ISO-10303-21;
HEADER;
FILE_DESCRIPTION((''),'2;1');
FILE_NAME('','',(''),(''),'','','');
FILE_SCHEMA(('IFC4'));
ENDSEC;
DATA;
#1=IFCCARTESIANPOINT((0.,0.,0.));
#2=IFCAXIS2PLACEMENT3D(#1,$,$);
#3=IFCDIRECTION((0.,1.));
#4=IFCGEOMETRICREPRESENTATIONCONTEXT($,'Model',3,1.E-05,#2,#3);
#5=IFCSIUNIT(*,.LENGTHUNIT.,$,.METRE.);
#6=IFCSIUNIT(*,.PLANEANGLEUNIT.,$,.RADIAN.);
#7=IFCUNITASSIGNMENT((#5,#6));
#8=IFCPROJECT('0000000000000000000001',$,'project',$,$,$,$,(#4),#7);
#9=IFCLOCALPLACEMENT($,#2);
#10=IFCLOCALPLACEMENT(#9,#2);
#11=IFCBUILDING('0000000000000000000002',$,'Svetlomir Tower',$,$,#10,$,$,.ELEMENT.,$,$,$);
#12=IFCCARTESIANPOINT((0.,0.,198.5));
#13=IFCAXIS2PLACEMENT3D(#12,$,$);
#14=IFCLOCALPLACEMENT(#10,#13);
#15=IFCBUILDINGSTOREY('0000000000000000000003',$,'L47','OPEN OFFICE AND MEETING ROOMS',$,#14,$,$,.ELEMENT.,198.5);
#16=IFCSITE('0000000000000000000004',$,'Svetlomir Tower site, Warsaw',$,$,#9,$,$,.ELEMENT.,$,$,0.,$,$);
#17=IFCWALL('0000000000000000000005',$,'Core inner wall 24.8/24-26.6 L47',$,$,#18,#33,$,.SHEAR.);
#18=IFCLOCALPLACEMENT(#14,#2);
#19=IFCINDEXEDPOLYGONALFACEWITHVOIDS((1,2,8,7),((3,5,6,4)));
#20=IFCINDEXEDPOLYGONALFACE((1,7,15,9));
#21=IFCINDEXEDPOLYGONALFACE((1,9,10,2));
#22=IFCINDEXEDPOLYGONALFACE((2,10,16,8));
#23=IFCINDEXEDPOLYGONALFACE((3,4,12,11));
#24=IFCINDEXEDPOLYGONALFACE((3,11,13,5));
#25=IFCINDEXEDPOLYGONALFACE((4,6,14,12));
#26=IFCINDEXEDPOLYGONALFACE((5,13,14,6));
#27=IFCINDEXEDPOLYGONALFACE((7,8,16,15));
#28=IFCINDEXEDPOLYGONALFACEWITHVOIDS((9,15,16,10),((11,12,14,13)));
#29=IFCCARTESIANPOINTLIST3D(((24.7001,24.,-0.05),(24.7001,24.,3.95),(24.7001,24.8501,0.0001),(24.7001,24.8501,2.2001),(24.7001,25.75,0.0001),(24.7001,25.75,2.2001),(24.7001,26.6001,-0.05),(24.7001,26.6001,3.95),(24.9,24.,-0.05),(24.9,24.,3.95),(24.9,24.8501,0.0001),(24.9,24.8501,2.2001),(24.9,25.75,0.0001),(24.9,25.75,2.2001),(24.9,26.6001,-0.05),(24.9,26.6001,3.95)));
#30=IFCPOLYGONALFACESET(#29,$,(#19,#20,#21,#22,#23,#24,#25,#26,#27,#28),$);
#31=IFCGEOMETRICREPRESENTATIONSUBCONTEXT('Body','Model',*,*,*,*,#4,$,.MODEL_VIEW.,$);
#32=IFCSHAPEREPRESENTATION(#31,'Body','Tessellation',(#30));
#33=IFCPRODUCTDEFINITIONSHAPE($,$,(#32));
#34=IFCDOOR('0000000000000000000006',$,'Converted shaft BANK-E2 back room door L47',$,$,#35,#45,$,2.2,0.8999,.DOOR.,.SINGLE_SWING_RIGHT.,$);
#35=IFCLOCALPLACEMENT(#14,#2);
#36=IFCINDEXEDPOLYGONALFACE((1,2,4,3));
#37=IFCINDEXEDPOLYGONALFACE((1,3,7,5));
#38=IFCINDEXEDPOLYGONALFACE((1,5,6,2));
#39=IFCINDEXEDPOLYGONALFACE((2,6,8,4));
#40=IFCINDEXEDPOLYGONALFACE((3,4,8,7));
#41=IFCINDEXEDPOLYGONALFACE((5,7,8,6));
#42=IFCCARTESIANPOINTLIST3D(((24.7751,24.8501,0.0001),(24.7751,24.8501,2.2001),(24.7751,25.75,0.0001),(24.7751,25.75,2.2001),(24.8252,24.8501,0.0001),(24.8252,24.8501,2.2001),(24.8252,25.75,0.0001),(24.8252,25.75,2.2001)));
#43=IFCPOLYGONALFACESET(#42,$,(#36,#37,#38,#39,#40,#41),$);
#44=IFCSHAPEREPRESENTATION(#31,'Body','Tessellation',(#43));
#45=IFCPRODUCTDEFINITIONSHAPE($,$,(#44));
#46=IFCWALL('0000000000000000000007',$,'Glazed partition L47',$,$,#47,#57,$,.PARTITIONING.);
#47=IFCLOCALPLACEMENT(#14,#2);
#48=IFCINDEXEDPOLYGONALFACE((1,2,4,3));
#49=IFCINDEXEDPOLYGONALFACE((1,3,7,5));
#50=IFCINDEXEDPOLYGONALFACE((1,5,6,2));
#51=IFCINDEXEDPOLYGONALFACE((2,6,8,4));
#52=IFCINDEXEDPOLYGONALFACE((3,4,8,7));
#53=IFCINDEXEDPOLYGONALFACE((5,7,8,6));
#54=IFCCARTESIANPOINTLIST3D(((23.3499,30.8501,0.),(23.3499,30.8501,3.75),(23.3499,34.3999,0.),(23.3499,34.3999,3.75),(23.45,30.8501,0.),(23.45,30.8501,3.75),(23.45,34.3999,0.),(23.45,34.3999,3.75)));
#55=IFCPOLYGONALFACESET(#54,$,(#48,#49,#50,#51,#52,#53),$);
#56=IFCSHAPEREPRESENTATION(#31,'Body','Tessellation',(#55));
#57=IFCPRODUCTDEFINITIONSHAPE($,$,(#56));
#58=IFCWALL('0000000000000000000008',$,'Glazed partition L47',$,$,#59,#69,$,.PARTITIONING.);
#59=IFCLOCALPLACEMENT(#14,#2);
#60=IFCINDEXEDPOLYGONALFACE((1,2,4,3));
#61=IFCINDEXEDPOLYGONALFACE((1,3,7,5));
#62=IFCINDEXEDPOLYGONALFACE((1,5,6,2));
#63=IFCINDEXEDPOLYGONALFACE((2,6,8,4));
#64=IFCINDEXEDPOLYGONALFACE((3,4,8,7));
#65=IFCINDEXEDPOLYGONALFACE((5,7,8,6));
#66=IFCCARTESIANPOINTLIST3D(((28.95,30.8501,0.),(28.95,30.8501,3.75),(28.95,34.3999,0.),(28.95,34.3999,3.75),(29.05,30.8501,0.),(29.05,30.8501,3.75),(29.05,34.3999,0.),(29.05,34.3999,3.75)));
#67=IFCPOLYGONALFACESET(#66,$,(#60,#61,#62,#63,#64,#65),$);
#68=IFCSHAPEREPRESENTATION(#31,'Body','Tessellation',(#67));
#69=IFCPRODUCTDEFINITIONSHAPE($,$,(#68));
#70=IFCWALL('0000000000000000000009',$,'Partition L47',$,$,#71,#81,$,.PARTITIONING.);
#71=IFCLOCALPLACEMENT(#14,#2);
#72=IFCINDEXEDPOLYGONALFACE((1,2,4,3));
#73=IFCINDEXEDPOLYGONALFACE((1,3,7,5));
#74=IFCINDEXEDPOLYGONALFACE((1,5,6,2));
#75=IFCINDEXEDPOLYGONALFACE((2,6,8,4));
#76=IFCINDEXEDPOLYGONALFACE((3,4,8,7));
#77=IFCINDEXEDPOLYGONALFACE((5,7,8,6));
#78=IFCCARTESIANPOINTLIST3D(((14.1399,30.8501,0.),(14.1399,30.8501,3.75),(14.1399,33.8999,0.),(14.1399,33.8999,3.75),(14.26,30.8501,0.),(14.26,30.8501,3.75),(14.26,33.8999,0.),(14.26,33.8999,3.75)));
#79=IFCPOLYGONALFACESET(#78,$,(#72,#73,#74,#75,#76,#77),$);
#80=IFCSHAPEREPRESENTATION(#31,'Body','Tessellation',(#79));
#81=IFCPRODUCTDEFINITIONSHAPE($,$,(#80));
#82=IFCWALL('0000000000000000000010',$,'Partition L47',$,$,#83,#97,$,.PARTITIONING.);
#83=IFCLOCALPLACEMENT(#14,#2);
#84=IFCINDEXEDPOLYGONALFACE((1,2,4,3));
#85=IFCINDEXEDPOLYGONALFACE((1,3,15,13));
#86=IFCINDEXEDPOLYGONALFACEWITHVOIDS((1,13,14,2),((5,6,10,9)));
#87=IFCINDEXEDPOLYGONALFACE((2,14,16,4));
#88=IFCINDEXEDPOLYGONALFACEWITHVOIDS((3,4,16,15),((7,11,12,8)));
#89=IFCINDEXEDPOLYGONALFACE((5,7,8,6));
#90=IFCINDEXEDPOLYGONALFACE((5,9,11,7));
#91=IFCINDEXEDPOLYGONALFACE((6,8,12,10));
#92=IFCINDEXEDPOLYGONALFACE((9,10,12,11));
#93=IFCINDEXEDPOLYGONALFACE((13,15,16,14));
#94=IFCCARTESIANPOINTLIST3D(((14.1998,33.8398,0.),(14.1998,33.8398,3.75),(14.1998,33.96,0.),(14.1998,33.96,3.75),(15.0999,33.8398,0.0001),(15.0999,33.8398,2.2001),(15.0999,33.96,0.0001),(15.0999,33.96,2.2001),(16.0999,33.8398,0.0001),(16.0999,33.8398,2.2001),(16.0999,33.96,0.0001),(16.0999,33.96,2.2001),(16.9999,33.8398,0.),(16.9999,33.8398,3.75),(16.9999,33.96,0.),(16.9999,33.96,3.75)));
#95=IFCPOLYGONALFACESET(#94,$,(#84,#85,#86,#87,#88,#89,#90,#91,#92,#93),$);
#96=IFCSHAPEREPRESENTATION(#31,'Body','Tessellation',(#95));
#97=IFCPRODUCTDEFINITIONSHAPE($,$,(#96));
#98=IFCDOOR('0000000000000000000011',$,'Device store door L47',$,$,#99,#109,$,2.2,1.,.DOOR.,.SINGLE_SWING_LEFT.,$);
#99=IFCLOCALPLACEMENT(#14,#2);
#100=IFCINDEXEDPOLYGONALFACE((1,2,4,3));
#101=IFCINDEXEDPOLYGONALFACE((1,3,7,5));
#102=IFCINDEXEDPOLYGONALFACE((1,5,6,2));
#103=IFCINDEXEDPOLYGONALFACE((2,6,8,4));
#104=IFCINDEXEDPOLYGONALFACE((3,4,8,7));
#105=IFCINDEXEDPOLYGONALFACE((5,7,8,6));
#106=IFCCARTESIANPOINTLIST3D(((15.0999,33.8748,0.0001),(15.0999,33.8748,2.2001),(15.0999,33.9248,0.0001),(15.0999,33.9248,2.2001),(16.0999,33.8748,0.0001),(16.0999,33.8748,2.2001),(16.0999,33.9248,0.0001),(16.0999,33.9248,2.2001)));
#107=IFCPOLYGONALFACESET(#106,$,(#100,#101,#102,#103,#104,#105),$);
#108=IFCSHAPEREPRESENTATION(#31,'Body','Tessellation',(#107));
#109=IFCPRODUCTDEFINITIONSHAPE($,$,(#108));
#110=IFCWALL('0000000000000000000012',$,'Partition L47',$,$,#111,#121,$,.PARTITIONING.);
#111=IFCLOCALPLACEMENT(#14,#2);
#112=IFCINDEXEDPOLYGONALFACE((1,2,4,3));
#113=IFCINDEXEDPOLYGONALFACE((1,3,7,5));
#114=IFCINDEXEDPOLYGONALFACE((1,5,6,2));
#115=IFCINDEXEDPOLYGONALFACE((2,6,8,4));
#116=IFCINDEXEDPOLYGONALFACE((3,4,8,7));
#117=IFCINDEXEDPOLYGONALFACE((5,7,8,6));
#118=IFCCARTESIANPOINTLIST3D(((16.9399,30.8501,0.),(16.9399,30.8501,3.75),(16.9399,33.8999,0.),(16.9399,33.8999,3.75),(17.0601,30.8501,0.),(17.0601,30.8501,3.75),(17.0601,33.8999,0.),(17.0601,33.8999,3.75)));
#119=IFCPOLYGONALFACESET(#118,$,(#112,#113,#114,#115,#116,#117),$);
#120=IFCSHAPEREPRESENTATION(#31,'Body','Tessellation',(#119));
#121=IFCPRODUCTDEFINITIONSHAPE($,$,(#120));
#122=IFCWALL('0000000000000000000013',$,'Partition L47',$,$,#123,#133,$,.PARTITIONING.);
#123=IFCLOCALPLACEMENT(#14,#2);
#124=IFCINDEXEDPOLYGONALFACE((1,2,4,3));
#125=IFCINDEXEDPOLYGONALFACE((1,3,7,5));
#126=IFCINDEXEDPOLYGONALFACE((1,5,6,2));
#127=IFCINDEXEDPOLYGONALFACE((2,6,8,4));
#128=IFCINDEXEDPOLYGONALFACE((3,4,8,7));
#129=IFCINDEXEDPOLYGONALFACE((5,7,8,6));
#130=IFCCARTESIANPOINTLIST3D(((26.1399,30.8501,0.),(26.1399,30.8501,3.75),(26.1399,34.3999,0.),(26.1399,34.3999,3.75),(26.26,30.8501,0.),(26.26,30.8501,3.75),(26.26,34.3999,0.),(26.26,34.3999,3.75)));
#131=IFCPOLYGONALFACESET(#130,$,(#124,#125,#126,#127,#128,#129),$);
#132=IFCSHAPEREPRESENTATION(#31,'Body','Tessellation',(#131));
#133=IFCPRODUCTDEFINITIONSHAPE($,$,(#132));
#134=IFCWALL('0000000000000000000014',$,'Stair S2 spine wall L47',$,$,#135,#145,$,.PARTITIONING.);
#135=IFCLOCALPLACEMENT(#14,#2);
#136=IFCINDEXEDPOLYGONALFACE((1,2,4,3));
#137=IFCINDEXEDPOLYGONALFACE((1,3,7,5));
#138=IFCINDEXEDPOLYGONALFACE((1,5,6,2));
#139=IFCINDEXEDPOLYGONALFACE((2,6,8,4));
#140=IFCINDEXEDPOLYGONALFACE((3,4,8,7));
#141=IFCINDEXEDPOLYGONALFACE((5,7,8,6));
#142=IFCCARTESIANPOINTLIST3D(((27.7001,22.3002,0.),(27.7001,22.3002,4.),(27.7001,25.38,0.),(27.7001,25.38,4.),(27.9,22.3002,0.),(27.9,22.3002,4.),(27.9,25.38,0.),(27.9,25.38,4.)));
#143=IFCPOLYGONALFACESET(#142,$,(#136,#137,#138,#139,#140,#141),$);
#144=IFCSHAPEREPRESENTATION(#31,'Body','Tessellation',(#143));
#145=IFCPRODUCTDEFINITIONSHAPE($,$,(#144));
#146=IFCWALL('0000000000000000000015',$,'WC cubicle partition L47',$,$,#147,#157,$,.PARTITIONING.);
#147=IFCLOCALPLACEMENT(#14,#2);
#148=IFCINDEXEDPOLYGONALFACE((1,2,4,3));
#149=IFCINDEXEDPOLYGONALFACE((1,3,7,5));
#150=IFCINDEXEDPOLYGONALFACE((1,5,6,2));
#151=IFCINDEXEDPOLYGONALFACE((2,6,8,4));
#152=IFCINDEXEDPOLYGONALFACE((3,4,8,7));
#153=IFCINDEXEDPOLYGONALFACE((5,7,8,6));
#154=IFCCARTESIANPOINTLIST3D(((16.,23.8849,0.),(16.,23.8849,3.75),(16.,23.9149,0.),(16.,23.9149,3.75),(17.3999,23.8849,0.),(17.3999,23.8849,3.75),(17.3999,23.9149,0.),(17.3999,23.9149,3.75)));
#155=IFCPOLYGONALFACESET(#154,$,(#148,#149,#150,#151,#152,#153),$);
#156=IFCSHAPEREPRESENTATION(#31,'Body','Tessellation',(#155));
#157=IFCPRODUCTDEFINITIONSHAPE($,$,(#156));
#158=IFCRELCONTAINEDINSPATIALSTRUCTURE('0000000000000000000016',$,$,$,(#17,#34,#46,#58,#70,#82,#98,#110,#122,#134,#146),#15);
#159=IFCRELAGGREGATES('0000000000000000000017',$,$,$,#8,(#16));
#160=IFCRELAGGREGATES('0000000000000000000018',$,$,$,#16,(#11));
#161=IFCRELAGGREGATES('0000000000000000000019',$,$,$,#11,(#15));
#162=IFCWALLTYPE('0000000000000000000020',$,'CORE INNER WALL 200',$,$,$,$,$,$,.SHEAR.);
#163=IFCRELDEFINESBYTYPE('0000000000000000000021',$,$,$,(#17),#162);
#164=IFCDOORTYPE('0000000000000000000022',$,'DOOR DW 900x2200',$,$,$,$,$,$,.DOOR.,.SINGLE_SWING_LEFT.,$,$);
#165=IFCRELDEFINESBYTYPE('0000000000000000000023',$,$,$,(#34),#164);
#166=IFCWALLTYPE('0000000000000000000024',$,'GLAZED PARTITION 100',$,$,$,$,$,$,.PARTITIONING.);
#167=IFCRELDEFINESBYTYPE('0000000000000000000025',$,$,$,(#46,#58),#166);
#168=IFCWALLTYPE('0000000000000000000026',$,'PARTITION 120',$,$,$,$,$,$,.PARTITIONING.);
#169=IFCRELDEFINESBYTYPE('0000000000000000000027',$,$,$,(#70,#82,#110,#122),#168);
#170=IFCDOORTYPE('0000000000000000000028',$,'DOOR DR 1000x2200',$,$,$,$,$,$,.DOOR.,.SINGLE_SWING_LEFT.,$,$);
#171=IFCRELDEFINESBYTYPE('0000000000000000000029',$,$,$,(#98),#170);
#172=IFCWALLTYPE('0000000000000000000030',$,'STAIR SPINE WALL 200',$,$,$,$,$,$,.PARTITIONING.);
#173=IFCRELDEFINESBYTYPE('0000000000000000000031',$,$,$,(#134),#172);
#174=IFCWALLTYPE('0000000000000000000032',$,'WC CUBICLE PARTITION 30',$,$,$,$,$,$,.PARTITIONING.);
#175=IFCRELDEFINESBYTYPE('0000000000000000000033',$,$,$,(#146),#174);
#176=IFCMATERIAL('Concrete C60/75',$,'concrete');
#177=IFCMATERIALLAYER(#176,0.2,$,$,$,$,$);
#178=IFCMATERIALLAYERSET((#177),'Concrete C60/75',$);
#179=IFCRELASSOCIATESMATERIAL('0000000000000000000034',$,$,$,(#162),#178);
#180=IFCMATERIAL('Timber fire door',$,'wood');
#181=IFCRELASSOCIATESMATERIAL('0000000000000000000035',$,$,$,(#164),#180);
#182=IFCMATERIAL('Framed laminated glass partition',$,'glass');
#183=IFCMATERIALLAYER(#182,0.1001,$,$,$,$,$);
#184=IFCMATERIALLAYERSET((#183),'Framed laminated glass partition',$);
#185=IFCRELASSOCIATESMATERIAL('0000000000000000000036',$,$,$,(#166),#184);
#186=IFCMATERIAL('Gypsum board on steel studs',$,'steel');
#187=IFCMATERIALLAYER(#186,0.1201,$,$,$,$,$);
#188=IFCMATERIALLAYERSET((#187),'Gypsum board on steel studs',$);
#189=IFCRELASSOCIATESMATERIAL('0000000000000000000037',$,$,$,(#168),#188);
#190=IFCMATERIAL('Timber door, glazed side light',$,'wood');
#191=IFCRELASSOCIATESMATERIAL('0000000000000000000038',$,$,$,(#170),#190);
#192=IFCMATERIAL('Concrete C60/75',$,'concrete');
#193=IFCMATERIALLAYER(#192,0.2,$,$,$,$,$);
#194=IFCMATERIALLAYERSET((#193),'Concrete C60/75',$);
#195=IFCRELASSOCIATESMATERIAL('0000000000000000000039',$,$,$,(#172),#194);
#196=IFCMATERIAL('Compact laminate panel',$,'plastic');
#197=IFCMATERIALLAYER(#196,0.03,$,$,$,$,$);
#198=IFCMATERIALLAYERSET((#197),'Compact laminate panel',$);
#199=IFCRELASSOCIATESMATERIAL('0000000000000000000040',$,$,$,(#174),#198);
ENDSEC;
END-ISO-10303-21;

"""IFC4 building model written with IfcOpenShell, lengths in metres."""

from ifc_helpers import new_model, si_unit, direction, frame, frame_2d, origin, place, context, subcontext, project, spatial, rectangle, extrude, material, layer, layer_set, type_object, element, fill, save


model = new_model("IFC4")

# Units and contexts
model_context = context("Model", 3, precision=1e-05, world=origin(), true_north=direction((0.0, 1.0)))
body_context = subcontext(model_context, "Body", "Model", "MODEL_VIEW")
ifc_project = project(units=[si_unit("LENGTHUNIT", "METRE"), si_unit("PLANEANGLEUNIT", "RADIAN")], contexts=[model_context])

# Site, building, storey
site_placement = place(None, origin())
site = spatial("IfcSite", under=ifc_project, at=site_placement, Name="Svetlomir Tower site, Warsaw", CompositionType="ELEMENT", RefElevation=0.0)
building_placement = place(site_placement, origin())
building = spatial("IfcBuilding", under=site, at=building_placement, Name="Svetlomir Tower", CompositionType="ELEMENT")
storey_placement = place(building_placement, frame((0.0, 0.0, 198.5)))
storey = spatial("IfcBuildingStorey", under=building, at=storey_placement, Name="L47", Description="OPEN OFFICE AND MEETING ROOMS", CompositionType="ELEMENT", Elevation=198.5)

# Shared definitions
ifc_material_1 = material(Name="Concrete C60/75", Category="concrete")
ifc_layer_1 = layer(ifc_material_1, 0.2)
ifc_layer_set_1 = layer_set([ifc_layer_1], Name="Concrete C60/75")
wall_type_1 = type_object("IfcWallType", Name="CORE INNER WALL 200", PredefinedType="SHEAR", material=ifc_layer_set_1)

# Wall, opening, door
ifc_material_2 = material(Name="Timber fire door", Category="wood")
door_type_1 = type_object("IfcDoorType", Name="DOOR DW 900x2200", OperationType="SINGLE_SWING_LEFT", PredefinedType="DOOR", material=ifc_material_2)
wall_1_placement = place(storey_placement, frame((24.8, 24.0, -0.05), z_axis=(0.0, 0.0, 1.0), x_axis=(0.0, 1.0, 0.0)))
wall_1 = element("IfcWall", 1, at=wall_1_placement, inside=storey, type_object=wall_type_1, Name="Core inner wall 24.8/24-26.6 L47", PredefinedType="SHEAR", context=body_context, shape_type="SweptSolid", body=[
    extrude(rectangle(XDim=2.6001, YDim=0.2, at=frame_2d((1.3, 0.0))), origin(), (0.0, 0.0, 1.0), 4.0),
])
opening_1_placement = place(wall_1_placement, frame((0.8501, 0.0, 0.05)))
opening_1 = element("IfcOpeningElement", 2, at=opening_1_placement, cuts=wall_1, PredefinedType="OPENING", context=body_context, shape_type="SweptSolid", body=[
    extrude(rectangle(XDim=0.8999, YDim=2.2, at=frame_2d((0.45, 1.1001))), frame((0.0, 0.1099, 0.0), z_axis=(0.0, -1.0, 0.0), x_axis=(1.0, 0.0, 0.0)), (0.0, 0.0, 1.0), 0.22),
])
door_1_placement = place(opening_1_placement, origin())
door_1 = element("IfcDoor", 3, at=door_1_placement, inside=storey, type_object=door_type_1, Name="Converted shaft BANK-E2 back room door L47", OperationType="SINGLE_SWING_RIGHT", OverallHeight=2.2, OverallWidth=0.8999, PredefinedType="DOOR", context=body_context, shape_type="SweptSolid", body=[
    extrude(rectangle(XDim=0.8999, YDim=2.2, at=frame_2d((0.45, 1.1001))), frame((0.0, 0.0249, 0.0), z_axis=(0.0, -1.0, 0.0), x_axis=(1.0, 0.0, 0.0)), (0.0, 0.0, 1.0), 0.05),
])
fill(opening_1, door_1)

# Wall
ifc_material_3 = material(Name="Framed laminated glass partition", Category="glass")
ifc_layer_2 = layer(ifc_material_3, 0.1001)
ifc_layer_set_2 = layer_set([ifc_layer_2], Name="Framed laminated glass partition")
wall_type_2 = type_object("IfcWallType", Name="GLAZED PARTITION 100", PredefinedType="PARTITIONING", material=ifc_layer_set_2)
wall_2_placement = place(storey_placement, frame((23.3999, 30.8501, 0.0), z_axis=(0.0, 0.0, 1.0), x_axis=(0.0, 1.0, 0.0)))
element("IfcWall", 4, at=wall_2_placement, inside=storey, type_object=wall_type_2, Name="Glazed partition L47", PredefinedType="PARTITIONING", context=body_context, shape_type="SweptSolid", body=[
    extrude(rectangle(XDim=3.5498, YDim=0.1001, at=frame_2d((1.7749, 0.0))), origin(), (0.0, 0.0, 1.0), 3.75),
])

# Walls
wall_3_placement = place(storey_placement, frame((29.0, 30.8501, 0.0), z_axis=(0.0, 0.0, 1.0), x_axis=(0.0, 1.0, 0.0)))
element("IfcWall", 5, at=wall_3_placement, inside=storey, type_object=wall_type_2, Name="Glazed partition L47", PredefinedType="PARTITIONING", context=body_context, shape_type="SweptSolid", body=[
    extrude(rectangle(XDim=3.5498, YDim=0.1001, at=frame_2d((1.7749, 0.0))), origin(), (0.0, 0.0, 1.0), 3.75),
])
ifc_material_4 = material(Name="Gypsum board on steel studs", Category="steel")
ifc_layer_3 = layer(ifc_material_4, 0.1201)
ifc_layer_set_3 = layer_set([ifc_layer_3], Name="Gypsum board on steel studs")
wall_type_3 = type_object("IfcWallType", Name="PARTITION 120", PredefinedType="PARTITIONING", material=ifc_layer_set_3)
wall_4_placement = place(storey_placement, frame((14.2, 30.8501, 0.0), z_axis=(0.0, 0.0, 1.0), x_axis=(0.0, 1.0, 0.0)))
element("IfcWall", 6, at=wall_4_placement, inside=storey, type_object=wall_type_3, Name="Partition L47", PredefinedType="PARTITIONING", context=body_context, shape_type="SweptSolid", body=[
    extrude(rectangle(XDim=3.0498, YDim=0.1201, at=frame_2d((1.5249, 0.0))), origin(), (0.0, 0.0, 1.0), 3.75),
])

# Wall, opening, door
wall_5_placement = place(storey_placement, frame((14.2, 33.8999, 0.0), z_axis=(0.0, 0.0, 1.0), x_axis=(1.0, 0.0, 0.0)))
wall_5 = element("IfcWall", 7, at=wall_5_placement, inside=storey, type_object=wall_type_3, Name="Partition L47", PredefinedType="PARTITIONING", context=body_context, shape_type="SweptSolid", body=[
    extrude(rectangle(XDim=2.8, YDim=0.1201, at=frame_2d((1.3999, 0.0))), origin(), (0.0, 0.0, 1.0), 3.75),
])
opening_2_placement = place(wall_5_placement, frame((0.8999, 0.0, 0.0)))
opening_2 = element("IfcOpeningElement", 8, at=opening_2_placement, cuts=wall_5, PredefinedType="OPENING", context=body_context, shape_type="SweptSolid", body=[
    extrude(rectangle(XDim=1.0, YDim=2.2, at=frame_2d((0.5, 1.1001))), frame((0.0, 0.0701, 0.0), z_axis=(0.0, -1.0, 0.0), x_axis=(1.0, 0.0, 0.0)), (0.0, 0.0, 1.0), 0.1401),
])
ifc_material_5 = material(Name="Timber door, glazed side light", Category="wood")
door_type_2 = type_object("IfcDoorType", Name="DOOR DR 1000x2200", OperationType="SINGLE_SWING_LEFT", PredefinedType="DOOR", material=ifc_material_5)
door_2_placement = place(opening_2_placement, origin())
door_2 = element("IfcDoor", 9, at=door_2_placement, inside=storey, type_object=door_type_2, Name="Device store door L47", OperationType="SINGLE_SWING_LEFT", OverallHeight=2.2, OverallWidth=1.0, PredefinedType="DOOR", context=body_context, shape_type="SweptSolid", body=[
    extrude(rectangle(XDim=1.0, YDim=2.2, at=frame_2d((0.5, 1.1001))), frame((0.0, 0.0249, 0.0), z_axis=(0.0, -1.0, 0.0), x_axis=(1.0, 0.0, 0.0)), (0.0, 0.0, 1.0), 0.05),
])
fill(opening_2, door_2)

# Walls
wall_6_placement = place(storey_placement, frame((17.0, 30.8501, 0.0), z_axis=(0.0, 0.0, 1.0), x_axis=(0.0, 1.0, 0.0)))
element("IfcWall", 10, at=wall_6_placement, inside=storey, type_object=wall_type_3, Name="Partition L47", PredefinedType="PARTITIONING", context=body_context, shape_type="SweptSolid", body=[
    extrude(rectangle(XDim=3.0498, YDim=0.1201, at=frame_2d((1.5249, 0.0))), origin(), (0.0, 0.0, 1.0), 3.75),
])
wall_7_placement = place(storey_placement, frame((26.2, 30.8501, 0.0), z_axis=(0.0, 0.0, 1.0), x_axis=(0.0, 1.0, 0.0)))
element("IfcWall", 11, at=wall_7_placement, inside=storey, type_object=wall_type_3, Name="Partition L47", PredefinedType="PARTITIONING", context=body_context, shape_type="SweptSolid", body=[
    extrude(rectangle(XDim=3.5498, YDim=0.1201, at=frame_2d((1.7749, 0.0))), origin(), (0.0, 0.0, 1.0), 3.75),
])
ifc_material_6 = material(Name="Concrete C60/75", Category="concrete")
ifc_layer_4 = layer(ifc_material_6, 0.2)
ifc_layer_set_4 = layer_set([ifc_layer_4], Name="Concrete C60/75")
wall_type_4 = type_object("IfcWallType", Name="STAIR SPINE WALL 200", PredefinedType="PARTITIONING", material=ifc_layer_set_4)
wall_8_placement = place(storey_placement, frame((27.8, 22.3, 0.0), z_axis=(0.0, 0.0, 1.0), x_axis=(0.0, 1.0, 0.0)))
element("IfcWall", 12, at=wall_8_placement, inside=storey, type_object=wall_type_4, Name="Stair S2 spine wall L47", PredefinedType="PARTITIONING", context=body_context, shape_type="SweptSolid", body=[
    extrude(rectangle(XDim=3.0798, YDim=0.2, at=frame_2d((1.54, 0.0))), origin(), (0.0, 0.0, 1.0), 4.0),
])
ifc_material_7 = material(Name="Compact laminate panel", Category="plastic")
ifc_layer_5 = layer(ifc_material_7, 0.03)
ifc_layer_set_5 = layer_set([ifc_layer_5], Name="Compact laminate panel")
wall_type_5 = type_object("IfcWallType", Name="WC CUBICLE PARTITION 30", PredefinedType="PARTITIONING", material=ifc_layer_set_5)
wall_9_placement = place(storey_placement, frame((16.0, 23.8999, 0.0), z_axis=(0.0, 0.0, 1.0), x_axis=(1.0, 0.0, 0.0)))
element("IfcWall", 13, at=wall_9_placement, inside=storey, type_object=wall_type_5, Name="WC cubicle partition L47", PredefinedType="PARTITIONING", context=body_context, shape_type="SweptSolid", body=[
    extrude(rectangle(XDim=1.3999, YDim=0.03, at=frame_2d((0.7, 0.0))), origin(), (0.0, 0.0, 1.0), 3.75),
])

save(model, "model.ifc")
